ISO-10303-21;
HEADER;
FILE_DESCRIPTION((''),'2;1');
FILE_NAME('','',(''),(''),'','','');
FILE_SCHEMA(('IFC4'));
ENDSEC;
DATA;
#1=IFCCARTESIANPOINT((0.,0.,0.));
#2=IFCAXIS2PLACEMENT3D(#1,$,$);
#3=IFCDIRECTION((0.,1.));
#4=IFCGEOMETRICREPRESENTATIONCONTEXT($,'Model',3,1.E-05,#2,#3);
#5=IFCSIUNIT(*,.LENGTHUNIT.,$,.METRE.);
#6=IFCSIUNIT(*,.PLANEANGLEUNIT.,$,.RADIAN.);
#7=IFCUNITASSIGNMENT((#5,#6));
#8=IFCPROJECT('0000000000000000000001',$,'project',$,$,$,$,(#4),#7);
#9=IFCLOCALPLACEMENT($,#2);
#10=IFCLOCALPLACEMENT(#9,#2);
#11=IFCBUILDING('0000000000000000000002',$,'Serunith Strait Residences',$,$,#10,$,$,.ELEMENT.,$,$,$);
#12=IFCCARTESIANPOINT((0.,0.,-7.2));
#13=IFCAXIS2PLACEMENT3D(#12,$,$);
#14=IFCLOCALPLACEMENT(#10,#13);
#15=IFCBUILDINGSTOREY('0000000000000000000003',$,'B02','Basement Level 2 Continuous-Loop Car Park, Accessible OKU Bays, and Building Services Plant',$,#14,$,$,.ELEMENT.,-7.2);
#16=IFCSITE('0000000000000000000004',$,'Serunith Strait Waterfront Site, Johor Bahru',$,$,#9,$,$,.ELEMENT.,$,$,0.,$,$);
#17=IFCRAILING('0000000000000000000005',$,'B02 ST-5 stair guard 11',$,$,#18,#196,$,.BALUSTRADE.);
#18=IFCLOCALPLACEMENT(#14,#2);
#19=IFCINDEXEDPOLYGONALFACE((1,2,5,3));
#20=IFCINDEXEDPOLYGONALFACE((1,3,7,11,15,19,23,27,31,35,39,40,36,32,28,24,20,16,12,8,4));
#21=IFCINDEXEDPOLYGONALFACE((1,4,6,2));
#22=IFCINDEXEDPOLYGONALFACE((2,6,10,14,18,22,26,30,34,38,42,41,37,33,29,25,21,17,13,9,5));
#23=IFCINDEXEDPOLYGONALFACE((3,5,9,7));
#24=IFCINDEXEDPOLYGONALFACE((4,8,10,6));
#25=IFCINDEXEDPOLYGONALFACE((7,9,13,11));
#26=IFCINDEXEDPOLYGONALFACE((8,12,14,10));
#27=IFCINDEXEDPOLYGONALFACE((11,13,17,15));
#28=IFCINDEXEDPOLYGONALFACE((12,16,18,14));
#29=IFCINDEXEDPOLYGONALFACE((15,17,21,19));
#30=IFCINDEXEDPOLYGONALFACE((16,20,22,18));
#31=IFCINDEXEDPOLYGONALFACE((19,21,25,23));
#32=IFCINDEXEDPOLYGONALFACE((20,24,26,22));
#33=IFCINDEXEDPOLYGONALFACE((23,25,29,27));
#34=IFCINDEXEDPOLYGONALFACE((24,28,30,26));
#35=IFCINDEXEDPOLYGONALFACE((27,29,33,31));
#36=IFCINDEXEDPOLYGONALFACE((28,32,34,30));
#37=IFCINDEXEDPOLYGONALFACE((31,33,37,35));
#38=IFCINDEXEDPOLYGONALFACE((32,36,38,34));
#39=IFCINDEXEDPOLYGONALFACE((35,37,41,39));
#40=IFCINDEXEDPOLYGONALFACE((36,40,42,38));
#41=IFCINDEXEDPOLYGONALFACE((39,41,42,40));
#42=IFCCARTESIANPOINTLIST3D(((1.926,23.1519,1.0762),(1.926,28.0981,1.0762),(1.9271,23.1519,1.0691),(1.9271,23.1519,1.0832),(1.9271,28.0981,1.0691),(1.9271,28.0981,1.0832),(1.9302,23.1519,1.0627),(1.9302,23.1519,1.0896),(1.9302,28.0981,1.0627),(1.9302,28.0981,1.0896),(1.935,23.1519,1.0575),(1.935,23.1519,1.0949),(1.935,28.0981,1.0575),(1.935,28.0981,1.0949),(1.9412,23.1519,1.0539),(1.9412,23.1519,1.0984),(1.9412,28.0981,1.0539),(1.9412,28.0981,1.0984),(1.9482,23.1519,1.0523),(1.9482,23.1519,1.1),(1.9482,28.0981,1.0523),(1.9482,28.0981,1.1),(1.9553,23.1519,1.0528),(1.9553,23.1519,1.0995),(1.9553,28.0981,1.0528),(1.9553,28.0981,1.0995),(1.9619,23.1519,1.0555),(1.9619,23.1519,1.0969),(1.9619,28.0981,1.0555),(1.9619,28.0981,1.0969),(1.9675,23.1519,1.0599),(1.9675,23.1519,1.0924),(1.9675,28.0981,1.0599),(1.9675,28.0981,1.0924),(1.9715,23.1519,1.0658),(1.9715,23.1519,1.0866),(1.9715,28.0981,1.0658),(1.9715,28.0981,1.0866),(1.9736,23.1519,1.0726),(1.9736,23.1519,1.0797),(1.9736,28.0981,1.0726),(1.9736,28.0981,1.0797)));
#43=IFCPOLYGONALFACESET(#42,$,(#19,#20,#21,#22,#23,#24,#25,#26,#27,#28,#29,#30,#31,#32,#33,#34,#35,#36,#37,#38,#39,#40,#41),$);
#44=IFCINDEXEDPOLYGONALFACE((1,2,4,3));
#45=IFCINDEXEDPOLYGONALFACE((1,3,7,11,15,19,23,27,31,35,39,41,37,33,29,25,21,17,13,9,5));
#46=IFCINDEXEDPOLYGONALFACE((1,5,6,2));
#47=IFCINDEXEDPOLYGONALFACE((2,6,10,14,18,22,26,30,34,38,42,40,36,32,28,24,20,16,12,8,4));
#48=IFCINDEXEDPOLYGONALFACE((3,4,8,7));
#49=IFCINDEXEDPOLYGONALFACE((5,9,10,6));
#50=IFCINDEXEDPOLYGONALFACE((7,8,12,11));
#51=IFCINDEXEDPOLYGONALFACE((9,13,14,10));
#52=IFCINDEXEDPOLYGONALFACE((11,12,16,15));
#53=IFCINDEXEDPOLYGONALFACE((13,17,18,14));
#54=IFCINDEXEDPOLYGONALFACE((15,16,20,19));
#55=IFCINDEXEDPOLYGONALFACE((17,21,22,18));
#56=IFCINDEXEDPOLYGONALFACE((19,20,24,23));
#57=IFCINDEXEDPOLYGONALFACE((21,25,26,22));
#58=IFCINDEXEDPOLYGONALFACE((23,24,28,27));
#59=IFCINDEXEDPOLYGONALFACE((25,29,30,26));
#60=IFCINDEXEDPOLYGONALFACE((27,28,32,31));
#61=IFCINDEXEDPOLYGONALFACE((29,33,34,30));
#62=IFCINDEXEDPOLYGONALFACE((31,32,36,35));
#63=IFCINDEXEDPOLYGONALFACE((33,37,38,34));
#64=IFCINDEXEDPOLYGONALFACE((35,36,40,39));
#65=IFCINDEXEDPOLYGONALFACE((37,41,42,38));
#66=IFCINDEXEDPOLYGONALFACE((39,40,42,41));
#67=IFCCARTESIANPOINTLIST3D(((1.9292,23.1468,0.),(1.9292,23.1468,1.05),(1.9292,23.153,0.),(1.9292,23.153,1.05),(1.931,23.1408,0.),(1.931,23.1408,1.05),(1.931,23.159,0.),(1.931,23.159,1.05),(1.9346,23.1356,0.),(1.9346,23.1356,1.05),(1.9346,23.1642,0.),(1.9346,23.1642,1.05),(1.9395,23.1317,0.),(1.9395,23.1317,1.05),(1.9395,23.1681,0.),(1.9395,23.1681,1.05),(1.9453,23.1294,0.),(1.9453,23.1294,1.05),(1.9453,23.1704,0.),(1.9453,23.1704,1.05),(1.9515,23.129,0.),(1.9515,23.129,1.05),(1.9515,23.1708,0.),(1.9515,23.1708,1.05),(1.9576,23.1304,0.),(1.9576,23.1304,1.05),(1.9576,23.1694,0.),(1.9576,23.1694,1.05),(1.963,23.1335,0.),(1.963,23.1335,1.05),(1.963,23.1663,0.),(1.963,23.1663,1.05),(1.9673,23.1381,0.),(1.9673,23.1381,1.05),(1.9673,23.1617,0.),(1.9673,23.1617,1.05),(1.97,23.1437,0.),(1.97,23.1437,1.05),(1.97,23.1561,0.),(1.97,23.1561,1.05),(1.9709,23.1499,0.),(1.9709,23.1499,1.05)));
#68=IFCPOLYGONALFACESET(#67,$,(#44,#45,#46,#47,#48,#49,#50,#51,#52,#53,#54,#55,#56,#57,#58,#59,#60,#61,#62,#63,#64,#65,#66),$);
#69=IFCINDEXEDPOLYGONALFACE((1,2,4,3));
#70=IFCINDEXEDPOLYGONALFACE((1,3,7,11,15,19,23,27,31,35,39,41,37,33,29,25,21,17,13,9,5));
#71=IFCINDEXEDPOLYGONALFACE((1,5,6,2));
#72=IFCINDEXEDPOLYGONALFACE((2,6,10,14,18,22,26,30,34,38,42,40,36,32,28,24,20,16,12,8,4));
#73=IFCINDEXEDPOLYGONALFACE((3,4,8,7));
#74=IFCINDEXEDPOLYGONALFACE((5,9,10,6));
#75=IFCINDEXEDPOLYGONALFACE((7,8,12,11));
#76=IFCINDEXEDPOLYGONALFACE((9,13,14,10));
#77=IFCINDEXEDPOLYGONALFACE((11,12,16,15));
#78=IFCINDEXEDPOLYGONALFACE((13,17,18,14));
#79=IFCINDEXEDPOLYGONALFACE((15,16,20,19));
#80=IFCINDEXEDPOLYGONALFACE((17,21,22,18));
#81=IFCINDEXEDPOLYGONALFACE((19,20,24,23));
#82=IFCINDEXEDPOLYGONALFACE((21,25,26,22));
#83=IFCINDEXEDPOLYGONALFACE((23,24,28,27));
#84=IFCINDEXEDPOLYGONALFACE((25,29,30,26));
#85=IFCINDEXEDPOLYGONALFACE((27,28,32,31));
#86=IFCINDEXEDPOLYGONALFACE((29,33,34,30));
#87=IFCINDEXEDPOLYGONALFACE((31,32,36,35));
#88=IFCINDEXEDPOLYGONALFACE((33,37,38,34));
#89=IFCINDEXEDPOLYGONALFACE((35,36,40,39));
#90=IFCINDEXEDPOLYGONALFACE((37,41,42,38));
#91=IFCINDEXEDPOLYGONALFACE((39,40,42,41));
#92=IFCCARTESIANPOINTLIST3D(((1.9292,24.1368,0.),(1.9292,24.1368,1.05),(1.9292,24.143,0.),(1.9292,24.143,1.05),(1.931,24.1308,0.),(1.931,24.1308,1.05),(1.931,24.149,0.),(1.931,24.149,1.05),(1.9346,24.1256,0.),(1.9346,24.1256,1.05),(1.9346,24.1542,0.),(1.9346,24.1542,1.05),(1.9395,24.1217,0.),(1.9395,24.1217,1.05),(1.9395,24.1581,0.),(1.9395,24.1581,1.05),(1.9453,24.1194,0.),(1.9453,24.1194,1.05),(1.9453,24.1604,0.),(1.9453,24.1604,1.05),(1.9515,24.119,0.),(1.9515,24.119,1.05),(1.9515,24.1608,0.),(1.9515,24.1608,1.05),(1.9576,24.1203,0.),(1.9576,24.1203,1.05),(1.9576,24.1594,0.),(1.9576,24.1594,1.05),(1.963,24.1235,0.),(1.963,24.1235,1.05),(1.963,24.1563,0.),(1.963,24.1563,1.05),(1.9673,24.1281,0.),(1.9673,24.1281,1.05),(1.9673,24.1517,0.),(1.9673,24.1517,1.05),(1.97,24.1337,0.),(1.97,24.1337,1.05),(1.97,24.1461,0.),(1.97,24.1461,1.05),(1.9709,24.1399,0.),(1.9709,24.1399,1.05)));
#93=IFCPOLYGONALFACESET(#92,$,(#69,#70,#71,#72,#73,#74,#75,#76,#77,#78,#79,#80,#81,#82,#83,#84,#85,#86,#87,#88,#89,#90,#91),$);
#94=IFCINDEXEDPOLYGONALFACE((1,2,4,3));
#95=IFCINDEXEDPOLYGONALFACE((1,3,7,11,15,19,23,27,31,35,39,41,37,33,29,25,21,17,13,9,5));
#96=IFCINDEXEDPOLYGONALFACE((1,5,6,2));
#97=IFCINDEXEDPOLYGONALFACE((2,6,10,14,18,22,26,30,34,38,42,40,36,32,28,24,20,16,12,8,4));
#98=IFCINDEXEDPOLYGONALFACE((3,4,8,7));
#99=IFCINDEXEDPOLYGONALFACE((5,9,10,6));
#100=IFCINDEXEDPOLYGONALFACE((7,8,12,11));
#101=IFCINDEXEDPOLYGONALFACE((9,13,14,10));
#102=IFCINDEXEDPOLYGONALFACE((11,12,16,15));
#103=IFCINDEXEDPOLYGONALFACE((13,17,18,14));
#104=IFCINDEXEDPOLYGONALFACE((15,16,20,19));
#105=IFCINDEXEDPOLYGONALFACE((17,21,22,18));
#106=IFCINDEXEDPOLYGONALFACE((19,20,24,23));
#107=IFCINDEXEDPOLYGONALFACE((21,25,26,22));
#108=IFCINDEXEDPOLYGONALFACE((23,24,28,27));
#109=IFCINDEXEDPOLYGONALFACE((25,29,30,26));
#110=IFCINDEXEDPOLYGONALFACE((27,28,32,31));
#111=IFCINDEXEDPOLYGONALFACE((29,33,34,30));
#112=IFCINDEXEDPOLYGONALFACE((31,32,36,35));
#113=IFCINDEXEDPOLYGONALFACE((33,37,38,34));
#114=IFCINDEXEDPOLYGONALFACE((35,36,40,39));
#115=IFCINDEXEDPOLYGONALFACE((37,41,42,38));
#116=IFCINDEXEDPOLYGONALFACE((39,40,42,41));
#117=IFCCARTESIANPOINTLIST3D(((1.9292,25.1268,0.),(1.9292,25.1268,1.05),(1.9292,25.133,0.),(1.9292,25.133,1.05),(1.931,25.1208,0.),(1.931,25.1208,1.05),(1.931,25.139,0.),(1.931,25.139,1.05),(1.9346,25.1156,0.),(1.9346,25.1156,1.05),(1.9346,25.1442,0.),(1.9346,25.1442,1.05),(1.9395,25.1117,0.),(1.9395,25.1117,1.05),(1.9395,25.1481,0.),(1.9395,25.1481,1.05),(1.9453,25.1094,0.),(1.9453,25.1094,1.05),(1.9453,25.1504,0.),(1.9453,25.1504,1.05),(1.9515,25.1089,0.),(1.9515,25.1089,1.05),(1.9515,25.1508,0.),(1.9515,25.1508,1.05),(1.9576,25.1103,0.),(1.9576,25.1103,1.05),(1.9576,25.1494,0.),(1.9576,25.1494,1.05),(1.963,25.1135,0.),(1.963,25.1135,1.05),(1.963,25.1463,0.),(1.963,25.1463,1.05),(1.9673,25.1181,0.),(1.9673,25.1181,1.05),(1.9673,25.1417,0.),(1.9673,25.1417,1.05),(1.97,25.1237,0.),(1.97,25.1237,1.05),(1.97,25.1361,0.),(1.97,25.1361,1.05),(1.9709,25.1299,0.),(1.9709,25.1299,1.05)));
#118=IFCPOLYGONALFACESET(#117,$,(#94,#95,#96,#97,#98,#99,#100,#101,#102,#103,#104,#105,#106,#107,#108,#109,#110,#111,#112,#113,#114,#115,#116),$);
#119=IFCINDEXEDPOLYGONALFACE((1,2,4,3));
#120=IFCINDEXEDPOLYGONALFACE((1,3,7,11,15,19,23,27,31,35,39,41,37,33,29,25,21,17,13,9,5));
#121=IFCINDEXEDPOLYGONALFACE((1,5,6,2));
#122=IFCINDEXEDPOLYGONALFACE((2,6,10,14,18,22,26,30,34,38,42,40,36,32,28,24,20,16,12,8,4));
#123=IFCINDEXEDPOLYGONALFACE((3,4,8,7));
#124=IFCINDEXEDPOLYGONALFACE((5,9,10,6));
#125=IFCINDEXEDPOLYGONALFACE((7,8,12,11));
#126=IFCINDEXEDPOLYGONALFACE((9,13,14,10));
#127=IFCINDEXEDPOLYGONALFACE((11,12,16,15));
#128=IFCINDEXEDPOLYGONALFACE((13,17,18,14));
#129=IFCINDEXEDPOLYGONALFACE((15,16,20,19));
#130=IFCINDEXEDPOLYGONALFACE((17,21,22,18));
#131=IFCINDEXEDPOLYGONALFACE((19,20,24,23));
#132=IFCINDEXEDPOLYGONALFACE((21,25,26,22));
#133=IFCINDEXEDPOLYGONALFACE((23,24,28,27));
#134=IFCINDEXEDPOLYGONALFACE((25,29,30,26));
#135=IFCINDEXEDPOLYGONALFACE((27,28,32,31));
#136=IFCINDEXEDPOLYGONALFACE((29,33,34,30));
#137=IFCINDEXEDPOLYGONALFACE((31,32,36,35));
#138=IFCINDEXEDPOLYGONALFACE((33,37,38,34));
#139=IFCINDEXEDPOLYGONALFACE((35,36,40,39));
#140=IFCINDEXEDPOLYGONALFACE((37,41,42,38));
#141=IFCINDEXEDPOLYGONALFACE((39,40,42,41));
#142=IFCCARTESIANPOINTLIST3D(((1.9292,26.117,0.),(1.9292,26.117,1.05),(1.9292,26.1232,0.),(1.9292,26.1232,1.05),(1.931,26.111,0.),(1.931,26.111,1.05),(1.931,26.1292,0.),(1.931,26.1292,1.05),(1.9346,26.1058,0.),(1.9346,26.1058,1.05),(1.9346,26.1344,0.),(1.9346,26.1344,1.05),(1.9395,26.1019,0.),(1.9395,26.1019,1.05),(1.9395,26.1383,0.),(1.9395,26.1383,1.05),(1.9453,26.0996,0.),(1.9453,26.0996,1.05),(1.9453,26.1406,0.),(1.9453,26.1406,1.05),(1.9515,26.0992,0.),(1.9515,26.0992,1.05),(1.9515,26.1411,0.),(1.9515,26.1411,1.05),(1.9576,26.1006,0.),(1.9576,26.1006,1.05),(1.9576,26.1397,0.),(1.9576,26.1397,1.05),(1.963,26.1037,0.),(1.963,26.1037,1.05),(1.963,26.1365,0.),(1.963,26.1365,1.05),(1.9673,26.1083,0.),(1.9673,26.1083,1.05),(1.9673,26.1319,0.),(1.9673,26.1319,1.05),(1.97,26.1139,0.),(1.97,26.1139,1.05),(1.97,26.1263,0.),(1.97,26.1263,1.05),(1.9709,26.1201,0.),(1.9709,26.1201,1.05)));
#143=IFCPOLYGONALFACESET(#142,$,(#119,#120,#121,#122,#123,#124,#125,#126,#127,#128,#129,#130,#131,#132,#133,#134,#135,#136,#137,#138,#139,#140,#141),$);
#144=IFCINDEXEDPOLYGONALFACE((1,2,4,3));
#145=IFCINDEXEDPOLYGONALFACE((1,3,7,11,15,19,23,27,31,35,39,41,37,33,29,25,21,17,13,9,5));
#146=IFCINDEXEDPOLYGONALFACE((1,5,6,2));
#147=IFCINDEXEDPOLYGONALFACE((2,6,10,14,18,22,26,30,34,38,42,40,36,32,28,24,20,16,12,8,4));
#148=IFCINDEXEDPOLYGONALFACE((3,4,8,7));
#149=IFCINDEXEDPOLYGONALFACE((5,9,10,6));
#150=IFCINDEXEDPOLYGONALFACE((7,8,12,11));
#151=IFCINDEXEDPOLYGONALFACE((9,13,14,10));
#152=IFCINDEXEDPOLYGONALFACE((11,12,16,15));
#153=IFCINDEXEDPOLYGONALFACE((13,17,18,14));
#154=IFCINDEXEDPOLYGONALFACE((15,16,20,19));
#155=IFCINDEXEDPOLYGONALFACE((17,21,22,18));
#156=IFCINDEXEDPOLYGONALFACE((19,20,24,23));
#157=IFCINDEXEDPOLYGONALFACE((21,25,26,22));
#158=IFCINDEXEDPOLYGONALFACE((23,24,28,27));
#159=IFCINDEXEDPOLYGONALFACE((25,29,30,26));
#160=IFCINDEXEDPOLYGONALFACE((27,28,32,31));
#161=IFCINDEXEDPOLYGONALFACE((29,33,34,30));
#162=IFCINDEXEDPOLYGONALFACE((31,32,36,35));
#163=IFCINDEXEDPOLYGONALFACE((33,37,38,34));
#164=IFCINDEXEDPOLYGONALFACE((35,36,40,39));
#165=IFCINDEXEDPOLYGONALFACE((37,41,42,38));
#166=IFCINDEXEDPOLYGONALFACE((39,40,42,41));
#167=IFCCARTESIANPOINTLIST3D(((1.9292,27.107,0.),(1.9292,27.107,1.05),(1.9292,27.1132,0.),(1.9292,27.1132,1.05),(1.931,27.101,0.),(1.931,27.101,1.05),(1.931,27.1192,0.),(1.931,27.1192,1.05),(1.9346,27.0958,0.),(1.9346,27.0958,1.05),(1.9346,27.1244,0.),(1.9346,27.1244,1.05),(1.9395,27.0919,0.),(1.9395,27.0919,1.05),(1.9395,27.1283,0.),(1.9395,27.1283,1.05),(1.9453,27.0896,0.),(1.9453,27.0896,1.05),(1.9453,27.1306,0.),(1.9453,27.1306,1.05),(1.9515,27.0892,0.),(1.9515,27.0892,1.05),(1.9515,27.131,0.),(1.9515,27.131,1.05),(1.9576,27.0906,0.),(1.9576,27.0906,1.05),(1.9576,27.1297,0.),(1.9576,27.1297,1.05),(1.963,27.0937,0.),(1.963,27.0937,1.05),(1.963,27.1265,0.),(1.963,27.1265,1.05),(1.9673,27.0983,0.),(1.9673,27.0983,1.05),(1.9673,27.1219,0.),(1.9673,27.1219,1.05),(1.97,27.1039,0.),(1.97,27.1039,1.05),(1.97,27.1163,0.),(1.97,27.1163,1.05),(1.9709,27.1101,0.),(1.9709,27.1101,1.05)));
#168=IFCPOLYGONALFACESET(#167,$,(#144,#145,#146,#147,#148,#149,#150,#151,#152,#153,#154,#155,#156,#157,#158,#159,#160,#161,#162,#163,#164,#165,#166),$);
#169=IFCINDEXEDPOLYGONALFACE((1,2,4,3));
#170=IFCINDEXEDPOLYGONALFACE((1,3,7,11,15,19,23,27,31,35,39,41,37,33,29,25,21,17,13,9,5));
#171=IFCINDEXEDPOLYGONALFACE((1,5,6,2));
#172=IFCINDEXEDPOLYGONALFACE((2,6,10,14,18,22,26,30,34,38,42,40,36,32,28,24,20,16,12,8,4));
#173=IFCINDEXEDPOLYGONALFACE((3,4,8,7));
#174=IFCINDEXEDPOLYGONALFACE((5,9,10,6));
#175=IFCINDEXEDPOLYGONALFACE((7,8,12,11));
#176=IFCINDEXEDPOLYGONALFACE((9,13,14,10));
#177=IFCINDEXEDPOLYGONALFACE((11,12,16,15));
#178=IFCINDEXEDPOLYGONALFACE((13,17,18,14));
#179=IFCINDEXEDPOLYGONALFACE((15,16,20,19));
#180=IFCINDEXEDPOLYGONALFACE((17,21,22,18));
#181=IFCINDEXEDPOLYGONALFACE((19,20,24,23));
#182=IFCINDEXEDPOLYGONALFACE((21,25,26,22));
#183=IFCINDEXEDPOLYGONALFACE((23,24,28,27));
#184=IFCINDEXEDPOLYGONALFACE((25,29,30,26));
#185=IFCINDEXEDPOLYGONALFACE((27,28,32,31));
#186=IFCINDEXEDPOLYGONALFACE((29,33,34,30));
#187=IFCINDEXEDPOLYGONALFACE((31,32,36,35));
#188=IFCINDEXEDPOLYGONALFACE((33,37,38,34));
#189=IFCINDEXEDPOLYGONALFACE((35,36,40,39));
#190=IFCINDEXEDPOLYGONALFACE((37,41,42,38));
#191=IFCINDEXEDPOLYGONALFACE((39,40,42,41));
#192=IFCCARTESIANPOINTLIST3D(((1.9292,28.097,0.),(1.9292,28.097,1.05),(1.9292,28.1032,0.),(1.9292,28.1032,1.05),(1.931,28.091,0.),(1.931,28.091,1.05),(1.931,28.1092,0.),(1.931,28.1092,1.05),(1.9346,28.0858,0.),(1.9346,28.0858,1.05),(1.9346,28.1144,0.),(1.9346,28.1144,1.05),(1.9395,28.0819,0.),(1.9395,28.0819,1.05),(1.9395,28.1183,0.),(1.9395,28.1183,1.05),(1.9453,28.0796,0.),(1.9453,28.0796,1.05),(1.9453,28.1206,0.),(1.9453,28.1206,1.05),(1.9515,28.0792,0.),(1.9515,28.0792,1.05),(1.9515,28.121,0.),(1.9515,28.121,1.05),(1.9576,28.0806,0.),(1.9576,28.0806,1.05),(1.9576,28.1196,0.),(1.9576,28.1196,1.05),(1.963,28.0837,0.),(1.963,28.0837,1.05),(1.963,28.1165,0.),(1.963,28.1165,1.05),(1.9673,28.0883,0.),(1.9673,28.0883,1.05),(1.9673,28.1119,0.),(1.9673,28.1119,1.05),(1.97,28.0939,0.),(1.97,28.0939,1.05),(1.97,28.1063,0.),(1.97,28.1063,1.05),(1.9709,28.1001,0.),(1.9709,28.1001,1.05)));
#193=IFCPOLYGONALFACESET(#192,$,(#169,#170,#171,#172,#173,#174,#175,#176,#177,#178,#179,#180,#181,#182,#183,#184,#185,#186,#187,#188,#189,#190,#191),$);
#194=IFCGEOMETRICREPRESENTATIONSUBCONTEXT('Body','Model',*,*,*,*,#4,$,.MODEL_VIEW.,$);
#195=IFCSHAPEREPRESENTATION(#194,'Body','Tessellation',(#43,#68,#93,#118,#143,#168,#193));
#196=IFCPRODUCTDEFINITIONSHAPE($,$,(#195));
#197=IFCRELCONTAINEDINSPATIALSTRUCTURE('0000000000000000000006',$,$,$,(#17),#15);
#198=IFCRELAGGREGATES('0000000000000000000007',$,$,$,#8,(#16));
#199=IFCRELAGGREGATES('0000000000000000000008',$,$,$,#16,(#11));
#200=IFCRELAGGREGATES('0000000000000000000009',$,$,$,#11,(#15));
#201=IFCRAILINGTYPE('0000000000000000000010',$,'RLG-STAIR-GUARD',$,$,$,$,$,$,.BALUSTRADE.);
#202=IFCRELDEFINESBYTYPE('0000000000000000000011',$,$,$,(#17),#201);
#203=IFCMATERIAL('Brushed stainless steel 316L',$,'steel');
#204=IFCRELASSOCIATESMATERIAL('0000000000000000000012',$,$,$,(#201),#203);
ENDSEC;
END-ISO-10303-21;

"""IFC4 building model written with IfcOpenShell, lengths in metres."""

from ifc_helpers import new_model, si_unit, direction, frame, origin, origin_2d, place, context, subcontext, project, spatial, circle, extrude, material, type_object, element, save


model = new_model("IFC4")

# Units and contexts
model_context = context("Model", 3, precision=1e-05, world=origin(), true_north=direction((0.0, 1.0)))
body_context = subcontext(model_context, "Body", "Model", "MODEL_VIEW")
ifc_project = project(units=[si_unit("LENGTHUNIT", "METRE"), si_unit("PLANEANGLEUNIT", "RADIAN")], contexts=[model_context])

# Site, building, storey
site_placement = place(None, origin())
site = spatial("IfcSite", under=ifc_project, at=site_placement, Name="Serunith Strait Waterfront Site, Johor Bahru", CompositionType="ELEMENT", RefElevation=0.0)
building_placement = place(site_placement, origin())
building = spatial("IfcBuilding", under=site, at=building_placement, Name="Serunith Strait Residences", CompositionType="ELEMENT")
storey_placement = place(building_placement, frame((0.0, 0.0, -7.2)))
storey = spatial("IfcBuildingStorey", under=building, at=storey_placement, Name="B02", Description="Basement Level 2 Continuous-Loop Car Park, Accessible OKU Bays, and Building Services Plant", CompositionType="ELEMENT", Elevation=-7.2)

# Railing
ifc_material_1 = material(Name="Brushed stainless steel 316L", Category="steel")
railing_type_1 = type_object("IfcRailingType", Name="RLG-STAIR-GUARD", PredefinedType="BALUSTRADE", material=ifc_material_1)
for number, where, name in (
    (1, (1.95, 23.1499, 0.0), "B02 ST-5 stair guard 11"),
):
    element("IfcRailing", number, at=place(storey_placement, frame(where)), inside=storey, type_object=railing_type_1, Name=name, PredefinedType="BALUSTRADE", context=body_context, shape_type="SweptSolid", body=[
        extrude(circle(Radius=0.0239, at=origin_2d()), frame((0.0, 0.002, 1.0762), z_axis=(0.0, 1.0, 0.0), x_axis=(-1.0, 0.0, 0.0)), (0.0, 0.0, 1.0), 4.9463),
        extrude(circle(Radius=0.021, at=origin_2d()), origin(), (0.0, 0.0, 1.0), 1.05),
        extrude(circle(Radius=0.021, at=origin_2d()), frame((0.0, 0.99, 0.0)), (0.0, 0.0, 1.0), 1.05),
        extrude(circle(Radius=0.021, at=origin_2d()), frame((0.0, 1.98, 0.0)), (0.0, 0.0, 1.0), 1.05),
        extrude(circle(Radius=0.021, at=origin_2d()), frame((0.0, 2.9702, 0.0)), (0.0, 0.0, 1.0), 1.05),
        extrude(circle(Radius=0.021, at=origin_2d()), frame((0.0, 3.9602, 0.0)), (0.0, 0.0, 1.0), 1.05),
        extrude(circle(Radius=0.021, at=origin_2d()), frame((0.0, 4.9502, 0.0)), (0.0, 0.0, 1.0), 1.05),
    ])

save(model, "model.ifc")
